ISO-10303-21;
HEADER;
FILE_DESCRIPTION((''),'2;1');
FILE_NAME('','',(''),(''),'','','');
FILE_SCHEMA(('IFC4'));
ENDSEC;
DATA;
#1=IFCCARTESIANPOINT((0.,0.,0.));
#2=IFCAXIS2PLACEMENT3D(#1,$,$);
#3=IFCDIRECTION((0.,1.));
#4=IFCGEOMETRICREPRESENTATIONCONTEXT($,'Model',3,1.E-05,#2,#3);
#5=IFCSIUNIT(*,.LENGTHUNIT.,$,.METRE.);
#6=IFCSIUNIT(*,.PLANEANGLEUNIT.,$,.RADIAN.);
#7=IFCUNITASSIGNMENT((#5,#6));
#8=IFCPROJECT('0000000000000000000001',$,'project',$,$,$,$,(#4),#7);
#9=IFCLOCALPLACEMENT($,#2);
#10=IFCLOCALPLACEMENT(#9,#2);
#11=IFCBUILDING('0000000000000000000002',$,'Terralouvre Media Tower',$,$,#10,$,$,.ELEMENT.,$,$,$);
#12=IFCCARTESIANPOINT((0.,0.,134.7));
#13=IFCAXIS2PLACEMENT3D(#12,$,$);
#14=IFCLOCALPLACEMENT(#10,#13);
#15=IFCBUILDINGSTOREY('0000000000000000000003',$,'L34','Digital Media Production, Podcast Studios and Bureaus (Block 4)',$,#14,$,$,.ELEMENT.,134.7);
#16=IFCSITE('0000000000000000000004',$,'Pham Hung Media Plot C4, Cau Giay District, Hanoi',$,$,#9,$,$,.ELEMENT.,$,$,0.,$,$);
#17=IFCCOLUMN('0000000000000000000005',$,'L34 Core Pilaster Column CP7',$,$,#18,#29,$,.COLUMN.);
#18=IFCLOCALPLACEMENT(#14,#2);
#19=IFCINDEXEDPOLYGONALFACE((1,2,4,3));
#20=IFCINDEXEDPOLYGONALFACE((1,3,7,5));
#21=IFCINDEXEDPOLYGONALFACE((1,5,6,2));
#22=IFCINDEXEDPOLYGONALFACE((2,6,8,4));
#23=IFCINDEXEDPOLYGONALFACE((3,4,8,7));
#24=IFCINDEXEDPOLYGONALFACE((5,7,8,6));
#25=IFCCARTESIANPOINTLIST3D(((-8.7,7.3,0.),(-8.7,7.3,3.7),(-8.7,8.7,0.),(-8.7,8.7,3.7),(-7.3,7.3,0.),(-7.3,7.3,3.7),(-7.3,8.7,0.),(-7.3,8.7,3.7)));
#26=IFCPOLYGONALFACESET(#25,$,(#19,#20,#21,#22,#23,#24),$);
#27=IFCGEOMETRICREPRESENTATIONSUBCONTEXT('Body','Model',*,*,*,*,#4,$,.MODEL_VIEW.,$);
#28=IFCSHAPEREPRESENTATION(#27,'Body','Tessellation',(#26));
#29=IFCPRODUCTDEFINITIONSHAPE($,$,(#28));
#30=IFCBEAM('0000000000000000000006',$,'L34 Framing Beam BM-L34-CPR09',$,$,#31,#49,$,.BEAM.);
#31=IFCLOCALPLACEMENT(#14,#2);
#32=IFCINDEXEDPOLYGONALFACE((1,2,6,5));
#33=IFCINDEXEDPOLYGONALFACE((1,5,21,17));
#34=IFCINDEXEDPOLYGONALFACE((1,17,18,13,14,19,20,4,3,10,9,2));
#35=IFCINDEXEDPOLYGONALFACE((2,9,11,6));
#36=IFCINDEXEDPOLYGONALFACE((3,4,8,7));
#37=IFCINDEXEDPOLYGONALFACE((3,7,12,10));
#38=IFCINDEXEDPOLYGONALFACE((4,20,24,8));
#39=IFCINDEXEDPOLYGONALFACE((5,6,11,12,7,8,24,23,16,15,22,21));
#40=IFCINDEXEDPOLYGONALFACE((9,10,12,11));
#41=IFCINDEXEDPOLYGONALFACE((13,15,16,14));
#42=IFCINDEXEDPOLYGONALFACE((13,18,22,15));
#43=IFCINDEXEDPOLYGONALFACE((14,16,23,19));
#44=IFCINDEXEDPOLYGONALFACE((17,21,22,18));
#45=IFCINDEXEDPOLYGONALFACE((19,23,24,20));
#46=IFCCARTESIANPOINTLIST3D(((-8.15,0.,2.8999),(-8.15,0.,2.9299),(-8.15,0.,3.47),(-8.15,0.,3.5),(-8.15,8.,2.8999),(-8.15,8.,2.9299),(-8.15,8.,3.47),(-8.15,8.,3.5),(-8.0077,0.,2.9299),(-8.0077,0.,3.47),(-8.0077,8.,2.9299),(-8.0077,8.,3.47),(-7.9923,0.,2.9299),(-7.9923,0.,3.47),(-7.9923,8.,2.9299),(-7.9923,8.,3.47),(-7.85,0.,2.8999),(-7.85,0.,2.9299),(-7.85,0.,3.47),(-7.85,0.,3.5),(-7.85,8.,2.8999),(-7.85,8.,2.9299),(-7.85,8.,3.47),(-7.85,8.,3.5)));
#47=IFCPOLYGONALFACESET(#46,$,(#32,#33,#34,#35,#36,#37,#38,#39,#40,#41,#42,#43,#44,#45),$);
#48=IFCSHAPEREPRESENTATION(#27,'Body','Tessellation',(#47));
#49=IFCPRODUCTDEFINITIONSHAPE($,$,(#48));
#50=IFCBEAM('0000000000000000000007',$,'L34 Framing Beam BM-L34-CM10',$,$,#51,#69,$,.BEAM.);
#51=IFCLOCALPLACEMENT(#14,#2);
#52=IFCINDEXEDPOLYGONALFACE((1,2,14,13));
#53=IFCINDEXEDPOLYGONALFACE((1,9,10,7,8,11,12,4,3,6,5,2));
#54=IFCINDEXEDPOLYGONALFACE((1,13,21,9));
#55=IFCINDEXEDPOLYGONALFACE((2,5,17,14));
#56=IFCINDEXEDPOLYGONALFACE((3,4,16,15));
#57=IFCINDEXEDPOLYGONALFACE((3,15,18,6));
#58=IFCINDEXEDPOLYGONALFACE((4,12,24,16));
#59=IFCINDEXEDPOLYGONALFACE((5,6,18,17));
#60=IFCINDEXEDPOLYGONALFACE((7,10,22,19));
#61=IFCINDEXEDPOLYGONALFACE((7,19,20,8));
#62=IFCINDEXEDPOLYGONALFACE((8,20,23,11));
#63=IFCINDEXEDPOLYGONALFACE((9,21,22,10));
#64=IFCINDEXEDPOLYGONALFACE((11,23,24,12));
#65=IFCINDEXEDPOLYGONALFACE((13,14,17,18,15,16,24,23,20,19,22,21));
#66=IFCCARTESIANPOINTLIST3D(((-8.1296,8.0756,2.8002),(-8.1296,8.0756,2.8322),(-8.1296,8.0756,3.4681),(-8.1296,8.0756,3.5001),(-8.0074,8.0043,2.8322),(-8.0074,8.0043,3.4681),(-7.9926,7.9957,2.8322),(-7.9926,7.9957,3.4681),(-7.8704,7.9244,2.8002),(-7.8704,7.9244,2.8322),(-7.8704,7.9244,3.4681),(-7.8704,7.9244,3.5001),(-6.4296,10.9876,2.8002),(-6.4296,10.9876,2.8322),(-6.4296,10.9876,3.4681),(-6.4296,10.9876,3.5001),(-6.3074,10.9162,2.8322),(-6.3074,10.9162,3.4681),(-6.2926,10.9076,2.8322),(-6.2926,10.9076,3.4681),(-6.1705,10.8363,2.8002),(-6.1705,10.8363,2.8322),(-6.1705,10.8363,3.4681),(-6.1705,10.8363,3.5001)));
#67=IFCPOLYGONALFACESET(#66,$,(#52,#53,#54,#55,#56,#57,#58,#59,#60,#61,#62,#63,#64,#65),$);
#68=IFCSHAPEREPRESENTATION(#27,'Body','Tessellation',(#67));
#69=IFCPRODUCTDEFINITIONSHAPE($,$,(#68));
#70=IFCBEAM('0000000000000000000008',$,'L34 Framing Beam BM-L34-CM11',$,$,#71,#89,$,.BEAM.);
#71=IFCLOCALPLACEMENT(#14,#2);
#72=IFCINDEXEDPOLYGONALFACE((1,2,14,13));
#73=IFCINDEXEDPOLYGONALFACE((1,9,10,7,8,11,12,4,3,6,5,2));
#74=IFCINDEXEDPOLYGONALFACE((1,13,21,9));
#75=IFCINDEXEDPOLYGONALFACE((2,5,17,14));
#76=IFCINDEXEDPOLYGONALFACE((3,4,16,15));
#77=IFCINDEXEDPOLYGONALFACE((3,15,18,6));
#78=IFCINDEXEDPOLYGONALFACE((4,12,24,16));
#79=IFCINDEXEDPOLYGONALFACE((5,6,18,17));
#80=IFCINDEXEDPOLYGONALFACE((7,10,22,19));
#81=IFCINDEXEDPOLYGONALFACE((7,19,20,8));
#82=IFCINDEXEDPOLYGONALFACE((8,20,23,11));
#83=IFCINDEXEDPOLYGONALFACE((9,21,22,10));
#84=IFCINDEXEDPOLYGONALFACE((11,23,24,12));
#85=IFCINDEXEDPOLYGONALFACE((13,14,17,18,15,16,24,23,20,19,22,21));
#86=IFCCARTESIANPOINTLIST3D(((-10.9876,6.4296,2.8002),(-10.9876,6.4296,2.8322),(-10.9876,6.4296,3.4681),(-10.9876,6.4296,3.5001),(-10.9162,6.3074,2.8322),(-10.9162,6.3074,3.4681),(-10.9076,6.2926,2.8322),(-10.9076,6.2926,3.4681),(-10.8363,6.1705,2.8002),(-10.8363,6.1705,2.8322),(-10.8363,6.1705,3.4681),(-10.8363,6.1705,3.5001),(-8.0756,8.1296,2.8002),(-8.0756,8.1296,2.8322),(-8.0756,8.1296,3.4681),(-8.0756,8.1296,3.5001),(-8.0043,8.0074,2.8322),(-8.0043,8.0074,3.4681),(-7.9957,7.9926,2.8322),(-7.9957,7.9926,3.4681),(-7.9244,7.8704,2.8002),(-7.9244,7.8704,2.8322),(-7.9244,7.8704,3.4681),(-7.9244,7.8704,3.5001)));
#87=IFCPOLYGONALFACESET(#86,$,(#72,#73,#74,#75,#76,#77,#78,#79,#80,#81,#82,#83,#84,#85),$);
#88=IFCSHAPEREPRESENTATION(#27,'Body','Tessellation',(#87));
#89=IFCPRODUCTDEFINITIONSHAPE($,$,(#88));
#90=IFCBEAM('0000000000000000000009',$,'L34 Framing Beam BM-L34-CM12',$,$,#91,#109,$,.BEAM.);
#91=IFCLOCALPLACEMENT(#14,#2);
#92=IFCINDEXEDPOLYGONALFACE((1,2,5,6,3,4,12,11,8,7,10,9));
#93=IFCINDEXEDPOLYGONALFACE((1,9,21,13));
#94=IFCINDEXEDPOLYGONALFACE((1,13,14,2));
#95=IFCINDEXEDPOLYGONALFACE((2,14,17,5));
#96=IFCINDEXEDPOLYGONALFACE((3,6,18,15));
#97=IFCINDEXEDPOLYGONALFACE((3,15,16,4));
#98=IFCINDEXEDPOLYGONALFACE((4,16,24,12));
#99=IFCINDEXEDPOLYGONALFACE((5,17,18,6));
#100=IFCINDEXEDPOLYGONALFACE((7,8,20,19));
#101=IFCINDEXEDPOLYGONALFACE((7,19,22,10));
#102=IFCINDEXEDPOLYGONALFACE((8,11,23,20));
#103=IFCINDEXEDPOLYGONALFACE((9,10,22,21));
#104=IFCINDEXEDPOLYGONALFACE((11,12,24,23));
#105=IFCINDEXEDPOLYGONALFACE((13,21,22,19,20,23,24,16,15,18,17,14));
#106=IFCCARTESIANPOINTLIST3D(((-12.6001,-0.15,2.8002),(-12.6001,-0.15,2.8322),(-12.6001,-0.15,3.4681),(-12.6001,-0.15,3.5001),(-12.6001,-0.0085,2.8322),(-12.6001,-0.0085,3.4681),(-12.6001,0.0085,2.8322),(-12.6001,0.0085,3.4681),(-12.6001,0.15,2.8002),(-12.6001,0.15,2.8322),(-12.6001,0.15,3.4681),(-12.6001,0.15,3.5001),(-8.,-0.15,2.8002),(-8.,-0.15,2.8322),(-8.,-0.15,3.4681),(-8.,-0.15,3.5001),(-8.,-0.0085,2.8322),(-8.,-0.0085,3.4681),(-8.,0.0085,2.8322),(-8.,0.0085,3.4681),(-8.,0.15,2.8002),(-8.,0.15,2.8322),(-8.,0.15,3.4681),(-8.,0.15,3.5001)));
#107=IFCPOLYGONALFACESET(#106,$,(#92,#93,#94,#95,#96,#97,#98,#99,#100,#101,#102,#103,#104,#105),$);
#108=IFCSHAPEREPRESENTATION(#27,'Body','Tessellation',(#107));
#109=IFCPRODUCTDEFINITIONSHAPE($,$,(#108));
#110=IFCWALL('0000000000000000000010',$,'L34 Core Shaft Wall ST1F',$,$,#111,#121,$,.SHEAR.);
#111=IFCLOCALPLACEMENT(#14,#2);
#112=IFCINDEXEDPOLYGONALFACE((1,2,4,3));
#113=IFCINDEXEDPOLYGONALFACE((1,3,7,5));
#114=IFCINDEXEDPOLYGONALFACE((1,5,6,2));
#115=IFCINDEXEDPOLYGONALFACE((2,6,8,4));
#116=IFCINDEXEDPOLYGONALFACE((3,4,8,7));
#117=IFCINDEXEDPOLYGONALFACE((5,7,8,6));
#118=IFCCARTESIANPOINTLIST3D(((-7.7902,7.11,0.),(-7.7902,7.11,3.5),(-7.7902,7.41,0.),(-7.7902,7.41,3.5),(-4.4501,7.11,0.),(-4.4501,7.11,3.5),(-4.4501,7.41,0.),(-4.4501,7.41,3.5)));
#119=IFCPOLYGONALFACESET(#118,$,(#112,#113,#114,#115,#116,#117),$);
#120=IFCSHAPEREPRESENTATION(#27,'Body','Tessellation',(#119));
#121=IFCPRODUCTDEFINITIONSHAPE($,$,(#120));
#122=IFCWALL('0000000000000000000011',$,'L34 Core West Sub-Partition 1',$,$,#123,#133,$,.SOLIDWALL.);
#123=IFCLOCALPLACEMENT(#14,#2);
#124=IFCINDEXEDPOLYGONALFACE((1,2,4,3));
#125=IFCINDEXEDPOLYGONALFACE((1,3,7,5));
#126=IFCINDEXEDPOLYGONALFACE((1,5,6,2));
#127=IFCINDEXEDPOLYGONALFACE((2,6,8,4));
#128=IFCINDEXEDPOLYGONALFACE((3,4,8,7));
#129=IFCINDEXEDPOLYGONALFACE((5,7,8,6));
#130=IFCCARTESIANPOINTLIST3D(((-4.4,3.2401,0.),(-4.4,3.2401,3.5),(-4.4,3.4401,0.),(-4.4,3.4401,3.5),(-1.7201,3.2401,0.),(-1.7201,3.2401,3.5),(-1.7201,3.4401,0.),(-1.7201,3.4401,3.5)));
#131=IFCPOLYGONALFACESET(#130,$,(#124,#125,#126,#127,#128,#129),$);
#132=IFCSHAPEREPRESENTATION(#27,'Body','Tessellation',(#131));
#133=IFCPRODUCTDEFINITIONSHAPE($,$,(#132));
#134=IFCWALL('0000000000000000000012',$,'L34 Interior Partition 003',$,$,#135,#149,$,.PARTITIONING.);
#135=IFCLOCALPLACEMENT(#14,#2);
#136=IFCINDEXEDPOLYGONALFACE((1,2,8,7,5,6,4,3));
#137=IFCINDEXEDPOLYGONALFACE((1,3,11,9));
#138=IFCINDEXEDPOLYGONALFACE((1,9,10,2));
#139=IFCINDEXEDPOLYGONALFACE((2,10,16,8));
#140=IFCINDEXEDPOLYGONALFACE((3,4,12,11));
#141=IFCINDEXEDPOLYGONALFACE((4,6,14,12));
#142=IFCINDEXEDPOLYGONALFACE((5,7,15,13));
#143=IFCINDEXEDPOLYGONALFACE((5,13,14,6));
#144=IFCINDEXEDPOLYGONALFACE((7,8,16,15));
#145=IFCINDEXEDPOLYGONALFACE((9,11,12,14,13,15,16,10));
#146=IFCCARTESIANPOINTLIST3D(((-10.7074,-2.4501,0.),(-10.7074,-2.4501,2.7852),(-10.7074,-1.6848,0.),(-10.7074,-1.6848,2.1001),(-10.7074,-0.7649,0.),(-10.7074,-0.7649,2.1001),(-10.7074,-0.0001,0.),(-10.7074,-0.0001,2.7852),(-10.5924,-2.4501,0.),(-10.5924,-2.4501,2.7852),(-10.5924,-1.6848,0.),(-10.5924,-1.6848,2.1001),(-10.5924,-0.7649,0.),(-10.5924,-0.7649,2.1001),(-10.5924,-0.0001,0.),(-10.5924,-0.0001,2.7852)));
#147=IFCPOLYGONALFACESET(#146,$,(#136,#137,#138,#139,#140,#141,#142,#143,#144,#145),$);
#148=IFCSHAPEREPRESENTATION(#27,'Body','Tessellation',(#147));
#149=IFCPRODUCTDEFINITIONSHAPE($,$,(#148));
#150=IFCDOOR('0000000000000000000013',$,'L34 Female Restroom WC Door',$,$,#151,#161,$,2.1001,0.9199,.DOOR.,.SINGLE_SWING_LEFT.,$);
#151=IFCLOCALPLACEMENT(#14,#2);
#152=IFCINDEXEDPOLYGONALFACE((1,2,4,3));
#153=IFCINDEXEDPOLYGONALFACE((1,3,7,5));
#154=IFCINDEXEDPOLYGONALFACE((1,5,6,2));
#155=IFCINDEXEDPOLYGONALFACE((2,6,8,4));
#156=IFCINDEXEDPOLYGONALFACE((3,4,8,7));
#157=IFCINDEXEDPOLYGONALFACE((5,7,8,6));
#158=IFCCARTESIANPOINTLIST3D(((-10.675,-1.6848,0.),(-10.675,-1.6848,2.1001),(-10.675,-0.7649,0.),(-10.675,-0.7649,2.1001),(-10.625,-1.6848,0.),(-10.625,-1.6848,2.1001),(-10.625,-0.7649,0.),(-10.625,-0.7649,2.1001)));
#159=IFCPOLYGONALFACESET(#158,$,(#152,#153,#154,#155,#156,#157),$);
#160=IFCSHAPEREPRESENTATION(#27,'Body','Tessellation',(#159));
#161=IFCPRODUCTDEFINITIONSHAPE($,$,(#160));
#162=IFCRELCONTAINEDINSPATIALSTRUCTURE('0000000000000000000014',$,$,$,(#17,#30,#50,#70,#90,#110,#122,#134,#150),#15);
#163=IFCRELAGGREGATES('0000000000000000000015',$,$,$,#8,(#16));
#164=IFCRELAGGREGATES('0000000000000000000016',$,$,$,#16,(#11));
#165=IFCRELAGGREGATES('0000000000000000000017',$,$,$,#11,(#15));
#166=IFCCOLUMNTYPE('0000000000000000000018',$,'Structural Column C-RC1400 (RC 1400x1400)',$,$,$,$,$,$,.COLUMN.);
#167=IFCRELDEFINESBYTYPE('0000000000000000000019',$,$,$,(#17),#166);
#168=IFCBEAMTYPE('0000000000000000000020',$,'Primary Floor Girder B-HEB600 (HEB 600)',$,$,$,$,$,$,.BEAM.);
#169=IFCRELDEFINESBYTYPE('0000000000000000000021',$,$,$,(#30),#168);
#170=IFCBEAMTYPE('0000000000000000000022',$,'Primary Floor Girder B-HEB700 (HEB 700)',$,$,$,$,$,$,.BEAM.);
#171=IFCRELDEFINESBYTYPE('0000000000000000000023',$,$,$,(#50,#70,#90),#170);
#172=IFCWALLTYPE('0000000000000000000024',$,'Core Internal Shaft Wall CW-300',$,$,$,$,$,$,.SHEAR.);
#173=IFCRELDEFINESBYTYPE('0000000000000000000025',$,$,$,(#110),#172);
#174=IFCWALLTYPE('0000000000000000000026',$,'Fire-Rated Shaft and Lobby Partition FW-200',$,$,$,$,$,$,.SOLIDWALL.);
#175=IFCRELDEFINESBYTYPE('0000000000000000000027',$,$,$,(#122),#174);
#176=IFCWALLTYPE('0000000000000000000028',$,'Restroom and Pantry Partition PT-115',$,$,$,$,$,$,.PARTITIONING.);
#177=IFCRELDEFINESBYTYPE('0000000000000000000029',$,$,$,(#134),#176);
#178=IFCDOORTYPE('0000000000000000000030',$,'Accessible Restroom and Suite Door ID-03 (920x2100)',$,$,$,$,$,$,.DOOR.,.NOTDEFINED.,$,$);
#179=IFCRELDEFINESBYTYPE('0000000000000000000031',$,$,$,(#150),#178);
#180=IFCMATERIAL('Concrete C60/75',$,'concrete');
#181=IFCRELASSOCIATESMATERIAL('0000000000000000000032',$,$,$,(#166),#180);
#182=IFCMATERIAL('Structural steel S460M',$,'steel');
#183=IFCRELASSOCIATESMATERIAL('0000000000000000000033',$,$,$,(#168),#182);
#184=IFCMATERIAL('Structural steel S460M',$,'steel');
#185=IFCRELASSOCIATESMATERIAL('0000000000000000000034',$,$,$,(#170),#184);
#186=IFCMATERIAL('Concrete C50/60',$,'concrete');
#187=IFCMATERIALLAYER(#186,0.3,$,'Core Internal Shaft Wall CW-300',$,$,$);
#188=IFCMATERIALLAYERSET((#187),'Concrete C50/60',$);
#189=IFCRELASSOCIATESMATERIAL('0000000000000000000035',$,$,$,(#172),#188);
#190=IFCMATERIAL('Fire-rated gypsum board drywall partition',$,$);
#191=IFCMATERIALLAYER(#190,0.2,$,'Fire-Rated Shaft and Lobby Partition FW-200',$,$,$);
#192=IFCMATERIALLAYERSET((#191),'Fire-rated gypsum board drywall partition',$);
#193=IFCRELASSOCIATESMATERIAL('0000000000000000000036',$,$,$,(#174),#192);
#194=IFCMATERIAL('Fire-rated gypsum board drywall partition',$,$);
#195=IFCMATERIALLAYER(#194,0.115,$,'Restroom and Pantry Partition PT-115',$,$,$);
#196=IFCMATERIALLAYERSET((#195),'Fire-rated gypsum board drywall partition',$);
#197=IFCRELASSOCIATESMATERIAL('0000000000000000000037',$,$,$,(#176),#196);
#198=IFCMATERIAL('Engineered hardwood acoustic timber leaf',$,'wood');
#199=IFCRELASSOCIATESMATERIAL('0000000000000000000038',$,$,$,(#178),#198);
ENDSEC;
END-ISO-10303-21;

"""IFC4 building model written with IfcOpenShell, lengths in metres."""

from ifc_helpers import new_model, si_unit, direction, frame, frame_2d, origin, origin_2d, place, context, subcontext, project, spatial, rectangle, i_section, extrude, material, layer, layer_set, material_profile, profile_set, type_object, element, fill, save


model = new_model("IFC4")

# Units and contexts
model_context = context("Model", 3, precision=1e-05, world=origin(), true_north=direction((0.0, 1.0)))
body_context = subcontext(model_context, "Body", "Model", "MODEL_VIEW")
ifc_project = project(units=[si_unit("LENGTHUNIT", "METRE"), si_unit("PLANEANGLEUNIT", "RADIAN")], contexts=[model_context])

# Site, building, storey
site_placement = place(None, origin())
site = spatial("IfcSite", under=ifc_project, at=site_placement, Name="Pham Hung Media Plot C4, Cau Giay District, Hanoi", CompositionType="ELEMENT", RefElevation=0.0)
building_placement = place(site_placement, origin())
building = spatial("IfcBuilding", under=site, at=building_placement, Name="Terralouvre Media Tower", CompositionType="ELEMENT")
storey_placement = place(building_placement, frame((0.0, 0.0, 134.7)))
storey = spatial("IfcBuildingStorey", under=building, at=storey_placement, Name="L34", Description="Digital Media Production, Podcast Studios and Bureaus (Block 4)", CompositionType="ELEMENT", Elevation=134.7)

# Column
ifc_material_1 = material(Name="Concrete C60/75", Category="concrete")
ifc_material_profile_1 = material_profile(ifc_material_1, rectangle(XDim=1.3999, YDim=1.3999, at=origin_2d()), Name="RC 1400x1400")
ifc_profile_set_1 = profile_set([ifc_material_profile_1], Name="Concrete C60/75")
column_type = type_object("IfcColumnType", Name="Structural Column C-RC1400 (RC 1400x1400)", PredefinedType="COLUMN", material=ifc_profile_set_1)
column_placement = place(storey_placement, frame((-8.0, 8.0, 0.0), z_axis=(0.0, 0.0, 1.0), x_axis=(1.0, 0.0, 0.0)))
element("IfcColumn", 1, at=column_placement, inside=storey, type_object=column_type, Name="L34 Core Pilaster Column CP7", PredefinedType="COLUMN", context=body_context, shape_type="SweptSolid", body=[
    extrude(rectangle(XDim=1.3999, YDim=1.3999, at=origin_2d()), origin(), (0.0, 0.0, 1.0), 3.7),
])

# Beams
ifc_material_2 = material(Name="Structural steel S460M", Category="steel")
ifc_material_profile_2 = material_profile(ifc_material_2, i_section(OverallWidth=0.3, OverallDepth=0.6001, WebThickness=0.0154, FlangeThickness=0.03, at=origin_2d()), Name="HEB 600")
ifc_profile_set_2 = profile_set([ifc_material_profile_2], Name="Structural steel S460M")
beam_type_1 = type_object("IfcBeamType", Name="Primary Floor Girder B-HEB600 (HEB 600)", PredefinedType="BEAM", material=ifc_profile_set_2)
beam_1_placement = place(storey_placement, frame((-8.0, 8.0, 3.2), z_axis=(0.0, -1.0, 0.0), x_axis=(1.0, 0.0, 0.0)))
element("IfcBeam", 2, at=beam_1_placement, inside=storey, type_object=beam_type_1, Name="L34 Framing Beam BM-L34-CPR09", PredefinedType="BEAM", context=body_context, shape_type="SweptSolid", body=[
    extrude(i_section(OverallWidth=0.3, OverallDepth=0.6001, WebThickness=0.0154, FlangeThickness=0.03, at=origin_2d()), origin(), (0.0, 0.0, 1.0), 8.0),
])
ifc_material_3 = material(Name="Structural steel S460M", Category="steel")
ifc_material_profile_3 = material_profile(ifc_material_3, i_section(OverallWidth=0.3, OverallDepth=0.7, WebThickness=0.0171, FlangeThickness=0.032, at=origin_2d()), Name="HEB 700")
ifc_profile_set_3 = profile_set([ifc_material_profile_3], Name="Structural steel S460M")
beam_type_2 = type_object("IfcBeamType", Name="Primary Floor Girder B-HEB700 (HEB 700)", PredefinedType="BEAM", material=ifc_profile_set_3)
for number, where, z_axis, x_axis, name in (
    (3, (-8.0, 8.0, 3.1501), (0.504173, 0.863603, 0.0), (-0.863603, 0.504173, 0.0), "L34 Framing Beam BM-L34-CM10"),
    (4, (-8.0, 8.0, 3.1501), (-0.863603, -0.504173, 0.0), (0.504173, -0.863603, 0.0), "L34 Framing Beam BM-L34-CM11"),
):
    element("IfcBeam", number, at=place(storey_placement, frame(where, z_axis=z_axis, x_axis=x_axis)), inside=storey, type_object=beam_type_2, Name=name, PredefinedType="BEAM", context=body_context, shape_type="SweptSolid", body=[
        extrude(i_section(OverallWidth=0.3, OverallDepth=0.7, WebThickness=0.0171, FlangeThickness=0.032, at=origin_2d()), origin(), (0.0, 0.0, 1.0), 3.3718),
    ])
beam_2_placement = place(storey_placement, frame((-8.0, 0.0, 3.1501), z_axis=(-1.0, 0.0, 0.0), x_axis=(0.0, -1.0, 0.0)))
element("IfcBeam", 5, at=beam_2_placement, inside=storey, type_object=beam_type_2, Name="L34 Framing Beam BM-L34-CM12", PredefinedType="BEAM", context=body_context, shape_type="SweptSolid", body=[
    extrude(i_section(OverallWidth=0.3, OverallDepth=0.7, WebThickness=0.0171, FlangeThickness=0.032, at=origin_2d()), origin(), (0.0, 0.0, 1.0), 4.6001),
])

# Shared definitions
ifc_material_4 = material(Name="Concrete C50/60", Category="concrete")
ifc_layer_1 = layer(ifc_material_4, 0.3, Name="Core Internal Shaft Wall CW-300")
ifc_layer_set_1 = layer_set([ifc_layer_1], Name="Concrete C50/60")
wall_type_1 = type_object("IfcWallType", Name="Core Internal Shaft Wall CW-300", PredefinedType="SHEAR", material=ifc_layer_set_1)

# Wall
wall_1_placement = place(storey_placement, frame((-7.79, 7.26, 0.0), z_axis=(0.0, 0.0, 1.0), x_axis=(1.0, 0.0, 0.0)))
element("IfcWall", 6, at=wall_1_placement, inside=storey, type_object=wall_type_1, Name="L34 Core Shaft Wall ST1F", PredefinedType="SHEAR", context=body_context, shape_type="SweptSolid", body=[
    extrude(rectangle(XDim=3.3401, YDim=0.3, at=frame_2d((1.6699, 0.0))), origin(), (0.0, 0.0, 1.0), 3.5),
])

# Wall
ifc_material_5 = material(Name="Fire-rated gypsum board drywall partition")
ifc_layer_2 = layer(ifc_material_5, 0.2, Name="Fire-Rated Shaft and Lobby Partition FW-200")
ifc_layer_set_2 = layer_set([ifc_layer_2], Name="Fire-rated gypsum board drywall partition")
wall_type_2 = type_object("IfcWallType", Name="Fire-Rated Shaft and Lobby Partition FW-200", PredefinedType="SOLIDWALL", material=ifc_layer_set_2)
wall_2_placement = place(storey_placement, frame((-4.3999, 3.3401, 0.0), z_axis=(0.0, 0.0, 1.0), x_axis=(1.0, 0.0, 0.0)))
element("IfcWall", 7, at=wall_2_placement, inside=storey, type_object=wall_type_2, Name="L34 Core West Sub-Partition 1", PredefinedType="SOLIDWALL", context=body_context, shape_type="SweptSolid", body=[
    extrude(rectangle(XDim=2.6799, YDim=0.2, at=frame_2d((1.3398, 0.0))), origin(), (0.0, 0.0, 1.0), 3.5),
])

# Wall, opening, door
ifc_material_6 = material(Name="Fire-rated gypsum board drywall partition")
ifc_layer_3 = layer(ifc_material_6, 0.115, Name="Restroom and Pantry Partition PT-115")
ifc_layer_set_3 = layer_set([ifc_layer_3], Name="Fire-rated gypsum board drywall partition")
wall_type_3 = type_object("IfcWallType", Name="Restroom and Pantry Partition PT-115", PredefinedType="PARTITIONING", material=ifc_layer_set_3)
wall_3_placement = place(storey_placement, frame((-10.6499, 0.0, 0.0), z_axis=(0.0, 0.0, 1.0), x_axis=(0.0, -1.0, 0.0)))
wall_3 = element("IfcWall", 8, at=wall_3_placement, inside=storey, type_object=wall_type_3, Name="L34 Interior Partition 003", PredefinedType="PARTITIONING", context=body_context, shape_type="SweptSolid", body=[
    extrude(rectangle(XDim=2.45, YDim=0.115, at=frame_2d((1.2251, 0.0))), origin(), (0.0, 0.0, 1.0), 2.7852),
])
opening_1_placement = place(wall_3_placement, frame((0.7649, 0.0, 0.0)))
opening_1 = element("IfcOpeningElement", 9, at=opening_1_placement, cuts=wall_3, PredefinedType="OPENING", context=body_context, shape_type="SweptSolid", body=[
    extrude(rectangle(XDim=0.9199, YDim=2.1001, at=frame_2d((0.46, 1.05))), frame((0.0, 0.0674, 0.0), z_axis=(0.0, -1.0, 0.0), x_axis=(1.0, 0.0, 0.0)), (0.0, 0.0, 1.0), 0.135),
])
ifc_material_7 = material(Name="Engineered hardwood acoustic timber leaf", Category="wood")
door_type_1 = type_object("IfcDoorType", Name="Accessible Restroom and Suite Door ID-03 (920x2100)", OperationType="NOTDEFINED", PredefinedType="DOOR", material=ifc_material_7)
door_1_placement = place(opening_1_placement, origin())
door_1 = element("IfcDoor", 10, at=door_1_placement, inside=storey, type_object=door_type_1, Name="L34 Female Restroom WC Door", OperationType="SINGLE_SWING_LEFT", OverallHeight=2.1001, OverallWidth=0.9199, PredefinedType="DOOR", context=body_context, shape_type="SweptSolid", body=[
    extrude(rectangle(XDim=0.9199, YDim=2.1001, at=frame_2d((0.46, 1.05))), frame((0.0, 0.0249, 0.0), z_axis=(0.0, -1.0, 0.0), x_axis=(1.0, 0.0, 0.0)), (0.0, 0.0, 1.0), 0.05),
])
fill(opening_1, door_1)

save(model, "model.ifc")
